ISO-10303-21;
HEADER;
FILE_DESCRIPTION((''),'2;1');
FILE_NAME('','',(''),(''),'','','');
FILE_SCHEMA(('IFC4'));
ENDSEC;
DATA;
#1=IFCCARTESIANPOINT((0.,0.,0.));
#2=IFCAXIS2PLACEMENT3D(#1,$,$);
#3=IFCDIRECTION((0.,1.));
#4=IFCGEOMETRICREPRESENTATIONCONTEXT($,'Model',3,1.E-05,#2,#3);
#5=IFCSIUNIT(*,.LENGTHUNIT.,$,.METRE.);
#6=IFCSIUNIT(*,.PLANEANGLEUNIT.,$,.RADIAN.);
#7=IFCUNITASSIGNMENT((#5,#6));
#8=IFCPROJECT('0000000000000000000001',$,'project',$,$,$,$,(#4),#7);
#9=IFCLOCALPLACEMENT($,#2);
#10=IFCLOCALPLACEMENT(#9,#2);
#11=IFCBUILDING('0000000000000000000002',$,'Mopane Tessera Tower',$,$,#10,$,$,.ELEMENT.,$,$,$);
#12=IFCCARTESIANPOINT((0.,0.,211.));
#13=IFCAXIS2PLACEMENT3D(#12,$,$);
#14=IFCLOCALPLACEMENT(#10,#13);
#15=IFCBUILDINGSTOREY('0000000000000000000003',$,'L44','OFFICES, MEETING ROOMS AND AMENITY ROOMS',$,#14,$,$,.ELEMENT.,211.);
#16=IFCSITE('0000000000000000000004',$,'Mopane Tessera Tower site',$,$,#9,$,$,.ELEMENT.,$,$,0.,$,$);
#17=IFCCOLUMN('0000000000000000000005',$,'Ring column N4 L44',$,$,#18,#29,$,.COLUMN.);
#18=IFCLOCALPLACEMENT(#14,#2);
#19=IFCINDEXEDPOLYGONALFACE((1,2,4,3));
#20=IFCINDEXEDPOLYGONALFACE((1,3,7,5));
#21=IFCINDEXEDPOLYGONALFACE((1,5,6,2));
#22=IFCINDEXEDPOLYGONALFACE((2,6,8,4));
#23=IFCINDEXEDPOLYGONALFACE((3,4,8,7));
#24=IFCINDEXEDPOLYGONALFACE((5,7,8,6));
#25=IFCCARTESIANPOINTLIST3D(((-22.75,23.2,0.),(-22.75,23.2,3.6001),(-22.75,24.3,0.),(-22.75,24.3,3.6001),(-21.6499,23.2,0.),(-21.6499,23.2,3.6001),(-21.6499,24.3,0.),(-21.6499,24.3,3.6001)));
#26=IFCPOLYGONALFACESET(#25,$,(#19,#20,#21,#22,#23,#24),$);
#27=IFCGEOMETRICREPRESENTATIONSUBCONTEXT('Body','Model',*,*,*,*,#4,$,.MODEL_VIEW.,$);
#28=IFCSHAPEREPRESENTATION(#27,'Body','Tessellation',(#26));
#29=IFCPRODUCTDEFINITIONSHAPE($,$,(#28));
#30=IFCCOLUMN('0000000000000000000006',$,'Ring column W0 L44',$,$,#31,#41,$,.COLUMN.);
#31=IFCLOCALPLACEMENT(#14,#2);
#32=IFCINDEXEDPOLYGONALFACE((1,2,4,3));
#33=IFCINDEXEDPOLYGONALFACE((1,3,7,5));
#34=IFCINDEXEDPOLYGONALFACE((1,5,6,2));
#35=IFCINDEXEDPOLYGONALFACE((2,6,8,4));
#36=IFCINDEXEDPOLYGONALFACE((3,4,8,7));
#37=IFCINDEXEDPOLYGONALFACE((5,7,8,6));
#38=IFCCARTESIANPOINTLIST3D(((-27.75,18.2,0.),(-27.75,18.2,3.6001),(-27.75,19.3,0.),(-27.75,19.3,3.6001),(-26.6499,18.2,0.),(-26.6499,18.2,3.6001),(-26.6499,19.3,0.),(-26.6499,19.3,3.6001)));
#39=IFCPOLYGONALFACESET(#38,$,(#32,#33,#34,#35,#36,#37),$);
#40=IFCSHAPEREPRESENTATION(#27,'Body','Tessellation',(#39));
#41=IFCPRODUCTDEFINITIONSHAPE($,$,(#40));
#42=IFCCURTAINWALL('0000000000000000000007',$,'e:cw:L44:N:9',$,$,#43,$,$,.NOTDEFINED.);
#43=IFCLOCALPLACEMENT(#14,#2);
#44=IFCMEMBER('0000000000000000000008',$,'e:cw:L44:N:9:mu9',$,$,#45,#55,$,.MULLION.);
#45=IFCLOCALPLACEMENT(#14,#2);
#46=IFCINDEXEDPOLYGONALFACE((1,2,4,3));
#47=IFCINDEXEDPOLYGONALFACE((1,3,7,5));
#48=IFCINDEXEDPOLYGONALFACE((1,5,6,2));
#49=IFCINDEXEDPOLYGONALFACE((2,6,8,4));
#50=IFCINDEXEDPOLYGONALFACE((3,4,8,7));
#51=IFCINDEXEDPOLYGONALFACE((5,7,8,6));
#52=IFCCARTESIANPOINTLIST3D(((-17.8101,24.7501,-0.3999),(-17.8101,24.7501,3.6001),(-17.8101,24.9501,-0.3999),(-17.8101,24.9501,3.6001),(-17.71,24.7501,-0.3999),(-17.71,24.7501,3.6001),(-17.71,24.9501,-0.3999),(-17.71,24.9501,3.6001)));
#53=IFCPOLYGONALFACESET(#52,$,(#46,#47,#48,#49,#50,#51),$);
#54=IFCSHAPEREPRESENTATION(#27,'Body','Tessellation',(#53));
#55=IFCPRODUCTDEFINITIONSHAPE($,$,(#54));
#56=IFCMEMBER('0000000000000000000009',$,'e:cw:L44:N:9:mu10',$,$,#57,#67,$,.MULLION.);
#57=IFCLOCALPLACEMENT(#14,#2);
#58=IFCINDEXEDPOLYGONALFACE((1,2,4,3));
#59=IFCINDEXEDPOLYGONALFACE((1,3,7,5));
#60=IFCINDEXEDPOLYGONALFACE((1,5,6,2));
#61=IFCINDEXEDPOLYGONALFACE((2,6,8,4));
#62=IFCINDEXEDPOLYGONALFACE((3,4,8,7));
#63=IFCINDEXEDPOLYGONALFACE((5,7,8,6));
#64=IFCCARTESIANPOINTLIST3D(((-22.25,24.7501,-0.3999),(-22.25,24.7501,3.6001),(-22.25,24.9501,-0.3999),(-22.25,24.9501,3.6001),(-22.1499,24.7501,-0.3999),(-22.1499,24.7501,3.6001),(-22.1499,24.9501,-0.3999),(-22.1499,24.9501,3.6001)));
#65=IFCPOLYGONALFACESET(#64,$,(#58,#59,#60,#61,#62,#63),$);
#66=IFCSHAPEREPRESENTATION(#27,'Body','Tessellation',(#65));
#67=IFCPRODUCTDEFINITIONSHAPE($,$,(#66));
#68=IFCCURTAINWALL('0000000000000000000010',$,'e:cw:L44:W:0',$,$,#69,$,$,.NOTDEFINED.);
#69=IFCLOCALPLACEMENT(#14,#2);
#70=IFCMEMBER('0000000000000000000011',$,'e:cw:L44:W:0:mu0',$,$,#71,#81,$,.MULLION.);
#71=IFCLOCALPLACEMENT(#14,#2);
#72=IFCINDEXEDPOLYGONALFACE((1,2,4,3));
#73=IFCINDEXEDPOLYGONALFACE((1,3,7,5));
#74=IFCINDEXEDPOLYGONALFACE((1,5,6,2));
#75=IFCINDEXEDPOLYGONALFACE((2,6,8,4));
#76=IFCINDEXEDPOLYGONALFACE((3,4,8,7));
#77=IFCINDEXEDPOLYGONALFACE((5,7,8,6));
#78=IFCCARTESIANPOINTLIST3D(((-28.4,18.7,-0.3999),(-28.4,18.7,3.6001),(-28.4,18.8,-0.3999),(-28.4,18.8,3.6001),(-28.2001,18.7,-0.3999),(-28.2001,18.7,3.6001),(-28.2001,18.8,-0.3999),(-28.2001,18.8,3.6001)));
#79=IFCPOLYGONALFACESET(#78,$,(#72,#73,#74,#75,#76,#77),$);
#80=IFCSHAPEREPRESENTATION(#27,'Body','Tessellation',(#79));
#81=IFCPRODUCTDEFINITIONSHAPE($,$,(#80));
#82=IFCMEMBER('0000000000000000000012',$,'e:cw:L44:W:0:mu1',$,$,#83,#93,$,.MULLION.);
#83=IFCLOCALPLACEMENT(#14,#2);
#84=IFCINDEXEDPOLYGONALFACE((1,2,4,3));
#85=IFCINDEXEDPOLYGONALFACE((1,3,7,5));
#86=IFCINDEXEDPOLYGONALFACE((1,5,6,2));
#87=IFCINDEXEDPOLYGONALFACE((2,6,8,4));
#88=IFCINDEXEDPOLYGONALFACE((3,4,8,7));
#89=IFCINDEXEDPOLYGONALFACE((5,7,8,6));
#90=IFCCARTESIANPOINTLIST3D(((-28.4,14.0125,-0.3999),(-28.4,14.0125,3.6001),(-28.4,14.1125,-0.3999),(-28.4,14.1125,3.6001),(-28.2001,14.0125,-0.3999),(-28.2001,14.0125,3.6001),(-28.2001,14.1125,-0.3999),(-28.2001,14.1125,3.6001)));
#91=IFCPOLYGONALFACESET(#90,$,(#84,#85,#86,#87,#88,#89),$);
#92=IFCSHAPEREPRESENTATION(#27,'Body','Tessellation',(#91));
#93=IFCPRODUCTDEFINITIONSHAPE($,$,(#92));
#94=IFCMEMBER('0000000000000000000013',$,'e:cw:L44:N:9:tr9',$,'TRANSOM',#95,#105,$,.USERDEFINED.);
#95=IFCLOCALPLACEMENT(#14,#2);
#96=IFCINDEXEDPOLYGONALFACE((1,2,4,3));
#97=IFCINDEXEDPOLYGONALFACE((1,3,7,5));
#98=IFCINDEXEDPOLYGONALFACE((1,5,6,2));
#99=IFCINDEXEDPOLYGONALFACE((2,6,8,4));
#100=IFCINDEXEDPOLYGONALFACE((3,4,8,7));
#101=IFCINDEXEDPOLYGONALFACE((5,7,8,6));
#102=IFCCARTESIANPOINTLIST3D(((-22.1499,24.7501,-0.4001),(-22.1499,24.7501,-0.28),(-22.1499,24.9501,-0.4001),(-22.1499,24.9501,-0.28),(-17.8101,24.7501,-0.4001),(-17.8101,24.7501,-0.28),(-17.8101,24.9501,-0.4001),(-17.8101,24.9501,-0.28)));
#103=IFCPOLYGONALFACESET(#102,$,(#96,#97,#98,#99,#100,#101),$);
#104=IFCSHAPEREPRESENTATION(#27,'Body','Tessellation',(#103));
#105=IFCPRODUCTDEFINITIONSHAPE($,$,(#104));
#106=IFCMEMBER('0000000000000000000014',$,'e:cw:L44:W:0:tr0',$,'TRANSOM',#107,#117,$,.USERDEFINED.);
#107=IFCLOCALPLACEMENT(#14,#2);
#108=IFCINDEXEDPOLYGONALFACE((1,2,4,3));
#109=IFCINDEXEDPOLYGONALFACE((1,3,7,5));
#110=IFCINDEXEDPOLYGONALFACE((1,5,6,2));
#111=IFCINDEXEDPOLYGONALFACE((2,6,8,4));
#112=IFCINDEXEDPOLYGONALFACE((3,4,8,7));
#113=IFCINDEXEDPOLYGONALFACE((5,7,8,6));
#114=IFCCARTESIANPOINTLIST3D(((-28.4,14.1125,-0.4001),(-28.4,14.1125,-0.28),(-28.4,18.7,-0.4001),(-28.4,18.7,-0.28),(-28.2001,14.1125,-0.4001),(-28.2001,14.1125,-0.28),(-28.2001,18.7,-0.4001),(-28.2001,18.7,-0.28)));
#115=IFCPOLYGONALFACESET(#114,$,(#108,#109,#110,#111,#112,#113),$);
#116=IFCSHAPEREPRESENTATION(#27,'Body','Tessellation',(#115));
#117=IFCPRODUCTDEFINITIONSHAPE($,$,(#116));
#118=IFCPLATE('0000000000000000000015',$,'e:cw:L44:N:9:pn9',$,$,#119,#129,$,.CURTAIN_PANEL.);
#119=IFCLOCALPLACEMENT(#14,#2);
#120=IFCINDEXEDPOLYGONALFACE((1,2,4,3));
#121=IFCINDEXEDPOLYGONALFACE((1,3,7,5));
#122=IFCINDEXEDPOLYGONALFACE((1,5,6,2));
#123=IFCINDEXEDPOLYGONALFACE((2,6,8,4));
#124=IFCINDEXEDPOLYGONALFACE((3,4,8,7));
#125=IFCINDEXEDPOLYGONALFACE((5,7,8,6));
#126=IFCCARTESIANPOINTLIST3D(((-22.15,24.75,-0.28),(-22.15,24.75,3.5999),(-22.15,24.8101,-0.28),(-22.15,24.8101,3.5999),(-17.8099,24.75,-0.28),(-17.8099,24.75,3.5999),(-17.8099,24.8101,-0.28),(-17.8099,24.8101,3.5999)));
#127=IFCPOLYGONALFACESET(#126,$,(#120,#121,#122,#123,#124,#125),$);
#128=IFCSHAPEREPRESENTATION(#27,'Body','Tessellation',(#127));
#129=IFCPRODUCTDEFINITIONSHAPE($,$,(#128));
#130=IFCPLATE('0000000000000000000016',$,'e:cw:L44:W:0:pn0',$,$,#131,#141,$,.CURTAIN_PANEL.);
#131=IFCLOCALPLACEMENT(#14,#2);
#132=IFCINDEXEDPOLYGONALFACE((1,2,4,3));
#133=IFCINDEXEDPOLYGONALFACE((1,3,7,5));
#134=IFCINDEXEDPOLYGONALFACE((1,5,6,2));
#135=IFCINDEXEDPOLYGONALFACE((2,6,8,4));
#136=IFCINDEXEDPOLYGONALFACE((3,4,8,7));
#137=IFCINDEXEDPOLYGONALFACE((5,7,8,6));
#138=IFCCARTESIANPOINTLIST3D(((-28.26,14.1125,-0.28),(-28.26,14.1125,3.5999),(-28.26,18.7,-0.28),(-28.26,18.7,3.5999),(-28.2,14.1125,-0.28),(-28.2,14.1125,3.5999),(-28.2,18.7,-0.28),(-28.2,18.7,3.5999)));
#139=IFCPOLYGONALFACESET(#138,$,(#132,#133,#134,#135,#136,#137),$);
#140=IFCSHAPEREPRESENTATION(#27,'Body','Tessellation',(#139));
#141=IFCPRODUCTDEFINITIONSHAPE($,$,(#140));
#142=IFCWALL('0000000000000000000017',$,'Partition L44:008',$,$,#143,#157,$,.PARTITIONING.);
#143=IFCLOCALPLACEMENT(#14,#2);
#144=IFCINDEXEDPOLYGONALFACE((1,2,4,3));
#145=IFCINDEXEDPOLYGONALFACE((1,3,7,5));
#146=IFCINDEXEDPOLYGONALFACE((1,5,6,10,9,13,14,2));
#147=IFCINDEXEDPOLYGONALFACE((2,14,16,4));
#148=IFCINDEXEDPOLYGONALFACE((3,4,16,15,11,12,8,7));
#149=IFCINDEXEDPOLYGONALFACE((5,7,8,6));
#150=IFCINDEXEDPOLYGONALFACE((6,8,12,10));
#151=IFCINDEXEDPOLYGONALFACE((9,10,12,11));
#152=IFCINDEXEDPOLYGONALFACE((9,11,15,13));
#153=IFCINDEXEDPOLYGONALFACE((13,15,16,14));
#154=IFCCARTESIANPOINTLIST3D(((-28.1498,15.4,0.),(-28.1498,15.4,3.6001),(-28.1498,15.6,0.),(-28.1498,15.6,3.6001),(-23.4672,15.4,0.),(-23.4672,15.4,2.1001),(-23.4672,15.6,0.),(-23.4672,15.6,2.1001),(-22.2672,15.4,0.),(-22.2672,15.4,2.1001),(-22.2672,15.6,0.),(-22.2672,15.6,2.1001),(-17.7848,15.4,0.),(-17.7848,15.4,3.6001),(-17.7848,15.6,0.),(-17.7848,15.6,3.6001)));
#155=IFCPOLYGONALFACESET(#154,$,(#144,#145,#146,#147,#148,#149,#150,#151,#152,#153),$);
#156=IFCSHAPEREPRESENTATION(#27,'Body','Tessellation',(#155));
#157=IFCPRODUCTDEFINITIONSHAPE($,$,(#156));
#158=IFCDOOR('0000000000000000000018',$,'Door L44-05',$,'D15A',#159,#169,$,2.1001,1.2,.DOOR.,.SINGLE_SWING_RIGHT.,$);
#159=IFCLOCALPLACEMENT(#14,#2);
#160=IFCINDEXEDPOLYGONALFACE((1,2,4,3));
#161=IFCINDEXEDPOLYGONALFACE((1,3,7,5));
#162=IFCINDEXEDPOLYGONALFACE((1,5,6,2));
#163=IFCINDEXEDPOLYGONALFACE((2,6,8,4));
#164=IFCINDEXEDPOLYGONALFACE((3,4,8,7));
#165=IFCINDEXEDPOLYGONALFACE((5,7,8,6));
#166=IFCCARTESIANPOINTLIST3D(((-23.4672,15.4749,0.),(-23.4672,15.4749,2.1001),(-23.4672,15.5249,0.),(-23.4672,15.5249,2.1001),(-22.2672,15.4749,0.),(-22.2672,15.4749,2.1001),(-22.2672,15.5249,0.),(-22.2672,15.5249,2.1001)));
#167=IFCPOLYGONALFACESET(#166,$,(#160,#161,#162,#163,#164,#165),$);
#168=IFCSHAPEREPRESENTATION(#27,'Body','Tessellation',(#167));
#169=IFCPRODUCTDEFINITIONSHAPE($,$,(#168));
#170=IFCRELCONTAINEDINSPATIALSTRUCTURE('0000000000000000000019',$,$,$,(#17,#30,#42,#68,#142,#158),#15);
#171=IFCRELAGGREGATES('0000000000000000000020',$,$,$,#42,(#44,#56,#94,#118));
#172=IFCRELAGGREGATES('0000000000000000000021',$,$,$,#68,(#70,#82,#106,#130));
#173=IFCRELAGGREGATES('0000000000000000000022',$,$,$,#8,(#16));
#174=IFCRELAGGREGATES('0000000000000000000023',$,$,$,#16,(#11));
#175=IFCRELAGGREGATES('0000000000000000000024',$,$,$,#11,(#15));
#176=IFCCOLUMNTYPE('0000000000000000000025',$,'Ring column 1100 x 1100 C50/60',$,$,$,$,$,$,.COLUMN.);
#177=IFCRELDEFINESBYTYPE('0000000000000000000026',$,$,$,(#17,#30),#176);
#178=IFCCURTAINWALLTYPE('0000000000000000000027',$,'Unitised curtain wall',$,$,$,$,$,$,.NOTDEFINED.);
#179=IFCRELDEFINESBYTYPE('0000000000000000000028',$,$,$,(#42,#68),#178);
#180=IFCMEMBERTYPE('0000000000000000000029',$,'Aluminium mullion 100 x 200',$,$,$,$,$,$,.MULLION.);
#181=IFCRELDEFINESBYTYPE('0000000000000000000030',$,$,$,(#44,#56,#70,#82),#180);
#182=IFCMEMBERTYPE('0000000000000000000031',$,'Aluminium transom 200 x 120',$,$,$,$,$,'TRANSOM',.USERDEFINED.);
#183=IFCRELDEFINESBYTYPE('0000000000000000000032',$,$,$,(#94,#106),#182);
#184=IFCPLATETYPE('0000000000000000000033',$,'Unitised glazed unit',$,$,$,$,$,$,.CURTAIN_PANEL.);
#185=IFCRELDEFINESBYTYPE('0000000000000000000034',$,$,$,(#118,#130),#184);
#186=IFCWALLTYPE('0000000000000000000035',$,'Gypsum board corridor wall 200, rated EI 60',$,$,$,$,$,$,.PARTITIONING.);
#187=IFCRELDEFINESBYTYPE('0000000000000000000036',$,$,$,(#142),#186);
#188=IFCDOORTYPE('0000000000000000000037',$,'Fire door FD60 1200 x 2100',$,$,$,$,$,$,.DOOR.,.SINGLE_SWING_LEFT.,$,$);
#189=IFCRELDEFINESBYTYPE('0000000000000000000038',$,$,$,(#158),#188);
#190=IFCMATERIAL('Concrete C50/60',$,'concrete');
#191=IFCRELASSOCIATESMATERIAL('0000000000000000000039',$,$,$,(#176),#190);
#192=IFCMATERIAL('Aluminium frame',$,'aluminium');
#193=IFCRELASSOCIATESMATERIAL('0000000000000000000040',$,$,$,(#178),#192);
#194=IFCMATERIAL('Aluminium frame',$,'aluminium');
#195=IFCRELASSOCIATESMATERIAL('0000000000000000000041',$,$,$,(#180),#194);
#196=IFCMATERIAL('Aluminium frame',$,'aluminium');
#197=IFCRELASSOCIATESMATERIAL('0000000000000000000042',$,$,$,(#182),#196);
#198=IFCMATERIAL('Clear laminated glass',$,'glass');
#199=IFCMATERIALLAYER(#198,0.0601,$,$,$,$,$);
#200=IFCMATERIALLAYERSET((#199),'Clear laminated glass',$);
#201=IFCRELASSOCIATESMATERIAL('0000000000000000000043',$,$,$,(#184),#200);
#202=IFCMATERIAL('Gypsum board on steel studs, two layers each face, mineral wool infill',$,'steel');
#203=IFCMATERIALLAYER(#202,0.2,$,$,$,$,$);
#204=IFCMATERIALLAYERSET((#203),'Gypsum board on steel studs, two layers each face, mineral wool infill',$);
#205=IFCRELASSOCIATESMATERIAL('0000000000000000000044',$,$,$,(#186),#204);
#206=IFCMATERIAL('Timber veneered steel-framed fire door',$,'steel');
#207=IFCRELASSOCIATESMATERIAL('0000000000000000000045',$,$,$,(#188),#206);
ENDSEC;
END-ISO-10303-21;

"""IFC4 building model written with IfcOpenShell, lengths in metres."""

from ifc_helpers import new_model, si_unit, direction, frame, frame_2d, origin, origin_2d, place, context, subcontext, project, spatial, rectangle, extrude, material, layer, layer_set, material_profile, profile_set, type_object, element, fill, aggregate, save


model = new_model("IFC4")

# Units and contexts
model_context = context("Model", 3, precision=1e-05, world=origin(), true_north=direction((0.0, 1.0)))
body_context = subcontext(model_context, "Body", "Model", "MODEL_VIEW")
ifc_project = project(units=[si_unit("LENGTHUNIT", "METRE"), si_unit("PLANEANGLEUNIT", "RADIAN")], contexts=[model_context])

# Site, building, storey
site_placement = place(None, origin())
site = spatial("IfcSite", under=ifc_project, at=site_placement, Name="Mopane Tessera Tower site", CompositionType="ELEMENT", RefElevation=0.0)
building_placement = place(site_placement, origin())
building = spatial("IfcBuilding", under=site, at=building_placement, Name="Mopane Tessera Tower", CompositionType="ELEMENT")
storey_placement = place(building_placement, frame((0.0, 0.0, 211.0)))
storey = spatial("IfcBuildingStorey", under=building, at=storey_placement, Name="L44", Description="OFFICES, MEETING ROOMS AND AMENITY ROOMS", CompositionType="ELEMENT", Elevation=211.0)

# Columns
ifc_material_1 = material(Name="Concrete C50/60", Category="concrete")
ifc_material_profile_1 = material_profile(ifc_material_1, rectangle(XDim=1.1001, YDim=1.1001, at=origin_2d()))
ifc_profile_set_1 = profile_set([ifc_material_profile_1], Name="Concrete C50/60")
column_type = type_object("IfcColumnType", Name="Ring column 1100 x 1100 C50/60", PredefinedType="COLUMN", material=ifc_profile_set_1)
for number, where, z_axis, x_axis, name in (
    (1, (-22.2, 23.75, 0.0), (0.0, 0.0, 1.0), (1.0, 0.0, 0.0), "Ring column N4 L44"),
    (2, (-27.2, 18.75, 0.0), (0.0, 0.0, 1.0), (1.0, 0.0, 0.0), "Ring column W0 L44"),
):
    element("IfcColumn", number, at=place(storey_placement, frame(where, z_axis=z_axis, x_axis=x_axis)), inside=storey, type_object=column_type, Name=name, PredefinedType="COLUMN", context=body_context, shape_type="SweptSolid", body=[
        extrude(rectangle(XDim=1.1001, YDim=1.1001, at=origin_2d()), origin(), (0.0, 0.0, 1.0), 3.6001),
    ])

# Curtain walls, members
ifc_material_2 = material(Name="Aluminium frame", Category="aluminium")
curtain_wall_type = type_object("IfcCurtainWallType", Name="Unitised curtain wall", PredefinedType="NOTDEFINED", material=ifc_material_2)
curtain_wall_1_placement = place(storey_placement, origin())
curtain_wall_1 = element("IfcCurtainWall", 3, at=curtain_wall_1_placement, inside=storey, type_object=curtain_wall_type, Name="e:cw:L44:N:9", PredefinedType="NOTDEFINED")
ifc_material_3 = material(Name="Aluminium frame", Category="aluminium")
ifc_material_profile_2 = material_profile(ifc_material_3, rectangle(XDim=0.1001, YDim=0.2, at=origin_2d()))
ifc_profile_set_2 = profile_set([ifc_material_profile_2], Name="Aluminium frame")
member_type_1 = type_object("IfcMemberType", Name="Aluminium mullion 100 x 200", PredefinedType="MULLION", material=ifc_profile_set_2)
member_1_placement = place(storey_placement, frame((-17.76, 24.8501, -0.3999), z_axis=(0.0, 0.0, 1.0), x_axis=(-1.0, 0.0, 0.0)))
member_1 = element("IfcMember", 4, at=member_1_placement, type_object=member_type_1, Name="e:cw:L44:N:9:mu9", PredefinedType="MULLION", context=body_context, shape_type="SweptSolid", body=[
    extrude(rectangle(XDim=0.1001, YDim=0.2, at=origin_2d()), origin(), (0.0, 0.0, 1.0), 4.0),
])
member_2_placement = place(storey_placement, frame((-22.2, 24.8501, -0.3999), z_axis=(0.0, 0.0, 1.0), x_axis=(-1.0, 0.0, 0.0)))
member_2 = element("IfcMember", 5, at=member_2_placement, type_object=member_type_1, Name="e:cw:L44:N:9:mu10", PredefinedType="MULLION", context=body_context, shape_type="SweptSolid", body=[
    extrude(rectangle(XDim=0.1001, YDim=0.2, at=origin_2d()), origin(), (0.0, 0.0, 1.0), 4.0),
])
curtain_wall_2_placement = place(storey_placement, origin())
curtain_wall_2 = element("IfcCurtainWall", 6, at=curtain_wall_2_placement, inside=storey, type_object=curtain_wall_type, Name="e:cw:L44:W:0", PredefinedType="NOTDEFINED")
member_3_placement = place(storey_placement, frame((-28.3, 18.75, -0.3999), z_axis=(0.0, 0.0, 1.0), x_axis=(0.0, -1.0, 0.0)))
member_3 = element("IfcMember", 7, at=member_3_placement, type_object=member_type_1, Name="e:cw:L44:W:0:mu0", PredefinedType="MULLION", context=body_context, shape_type="SweptSolid", body=[
    extrude(rectangle(XDim=0.1001, YDim=0.2, at=origin_2d()), origin(), (0.0, 0.0, 1.0), 4.0),
])
member_4_placement = place(storey_placement, frame((-28.3, 14.0625, -0.3999), z_axis=(0.0, 0.0, 1.0), x_axis=(0.0, -1.0, 0.0)))
member_4 = element("IfcMember", 8, at=member_4_placement, type_object=member_type_1, Name="e:cw:L44:W:0:mu1", PredefinedType="MULLION", context=body_context, shape_type="SweptSolid", body=[
    extrude(rectangle(XDim=0.1001, YDim=0.2, at=origin_2d()), origin(), (0.0, 0.0, 1.0), 4.0),
])

# Members
ifc_material_4 = material(Name="Aluminium frame", Category="aluminium")
ifc_material_profile_3 = material_profile(ifc_material_4, rectangle(XDim=0.2, YDim=0.1201, at=origin_2d()))
ifc_profile_set_3 = profile_set([ifc_material_profile_3], Name="Aluminium frame")
member_type_2 = type_object("IfcMemberType", Name="Aluminium transom 200 x 120", ElementType="TRANSOM", PredefinedType="USERDEFINED", material=ifc_profile_set_3)
member_5_placement = place(storey_placement, frame((-17.8101, 24.8501, -0.3401), z_axis=(-1.0, 0.0, 0.0), x_axis=(0.0, -1.0, 0.0)))
member_5 = element("IfcMember", 9, at=member_5_placement, type_object=member_type_2, Name="e:cw:L44:N:9:tr9", ObjectType="TRANSOM", PredefinedType="USERDEFINED", context=body_context, shape_type="SweptSolid", body=[
    extrude(rectangle(XDim=0.2, YDim=0.1201, at=origin_2d()), origin(), (0.0, 0.0, 1.0), 4.3398),
])
member_6_placement = place(storey_placement, frame((-28.3, 18.7, -0.3401), z_axis=(0.0, -1.0, 0.0), x_axis=(1.0, 0.0, 0.0)))
member_6 = element("IfcMember", 10, at=member_6_placement, type_object=member_type_2, Name="e:cw:L44:W:0:tr0", ObjectType="TRANSOM", PredefinedType="USERDEFINED", context=body_context, shape_type="SweptSolid", body=[
    extrude(rectangle(XDim=0.2, YDim=0.1201, at=origin_2d()), origin(), (0.0, 0.0, 1.0), 4.5874),
])

# Plates
ifc_material_5 = material(Name="Clear laminated glass", Category="glass")
ifc_layer_1 = layer(ifc_material_5, 0.0601)
ifc_layer_set_1 = layer_set([ifc_layer_1], Name="Clear laminated glass")
plate_type = type_object("IfcPlateType", Name="Unitised glazed unit", PredefinedType="CURTAIN_PANEL", material=ifc_layer_set_1)
plate_1_placement = place(storey_placement, frame((-19.98, 24.78, -0.28), z_axis=(0.0, 0.0, 1.0), x_axis=(-1.0, 0.0, 0.0)))
plate_1 = element("IfcPlate", 11, at=plate_1_placement, type_object=plate_type, Name="e:cw:L44:N:9:pn9", PredefinedType="CURTAIN_PANEL", context=body_context, shape_type="SweptSolid", body=[
    extrude(rectangle(XDim=4.3401, YDim=0.0601, at=origin_2d()), origin(), (0.0, 0.0, 1.0), 3.8799),
])
aggregate(curtain_wall_1, [member_1, member_2, member_5, plate_1])
plate_2_placement = place(storey_placement, frame((-28.23, 16.4062, -0.28), z_axis=(0.0, 0.0, 1.0), x_axis=(0.0, -1.0, 0.0)))
plate_2 = element("IfcPlate", 12, at=plate_2_placement, type_object=plate_type, Name="e:cw:L44:W:0:pn0", PredefinedType="CURTAIN_PANEL", context=body_context, shape_type="SweptSolid", body=[
    extrude(rectangle(XDim=4.5874, YDim=0.0601, at=origin_2d()), origin(), (0.0, 0.0, 1.0), 3.8799),
])
aggregate(curtain_wall_2, [member_3, member_4, member_6, plate_2])

# Wall, opening, door
ifc_material_6 = material(Name="Gypsum board on steel studs, two layers each face, mineral wool infill", Category="steel")
ifc_layer_2 = layer(ifc_material_6, 0.2)
ifc_layer_set_2 = layer_set([ifc_layer_2], Name="Gypsum board on steel studs, two layers each face, mineral wool infill")
wall_type_1 = type_object("IfcWallType", Name="Gypsum board corridor wall 200, rated EI 60", PredefinedType="PARTITIONING", material=ifc_layer_set_2)
wall_1_placement = place(storey_placement, frame((-28.1499, 15.5, 0.0), z_axis=(0.0, 0.0, 1.0), x_axis=(1.0, 0.0, 0.0)))
wall_1 = element("IfcWall", 13, at=wall_1_placement, inside=storey, type_object=wall_type_1, Name="Partition L44:008", PredefinedType="PARTITIONING", context=body_context, shape_type="SweptSolid", body=[
    extrude(rectangle(XDim=10.365, YDim=0.2, at=frame_2d((5.1826, 0.0))), origin(), (0.0, 0.0, 1.0), 3.6001),
])
opening_1_placement = place(wall_1_placement, frame((4.6826, 0.0, 0.0)))
opening_1 = element("IfcOpeningElement", 14, at=opening_1_placement, cuts=wall_1, PredefinedType="OPENING", context=body_context, shape_type="SweptSolid", body=[
    extrude(rectangle(XDim=1.2, YDim=2.1001, at=frame_2d((0.6001, 1.05))), frame((0.0, 0.1121, 0.0), z_axis=(0.0, -1.0, 0.0), x_axis=(1.0, 0.0, 0.0)), (0.0, 0.0, 1.0), 0.2239),
])
ifc_material_7 = material(Name="Timber veneered steel-framed fire door", Category="steel")
door_type_1 = type_object("IfcDoorType", Name="Fire door FD60 1200 x 2100", OperationType="SINGLE_SWING_LEFT", PredefinedType="DOOR", material=ifc_material_7)
door_1_placement = place(opening_1_placement, origin())
door_1 = element("IfcDoor", 15, at=door_1_placement, inside=storey, type_object=door_type_1, Name="Door L44-05", ObjectType="D15A", OperationType="SINGLE_SWING_RIGHT", OverallHeight=2.1001, OverallWidth=1.2, PredefinedType="DOOR", context=body_context, shape_type="SweptSolid", body=[
    extrude(rectangle(XDim=1.2, YDim=2.1001, at=frame_2d((0.6001, 1.05))), frame((0.0, 0.0249, 0.0), z_axis=(0.0, -1.0, 0.0), x_axis=(1.0, 0.0, 0.0)), (0.0, 0.0, 1.0), 0.05),
])
fill(opening_1, door_1)

save(model, "model.ifc")
